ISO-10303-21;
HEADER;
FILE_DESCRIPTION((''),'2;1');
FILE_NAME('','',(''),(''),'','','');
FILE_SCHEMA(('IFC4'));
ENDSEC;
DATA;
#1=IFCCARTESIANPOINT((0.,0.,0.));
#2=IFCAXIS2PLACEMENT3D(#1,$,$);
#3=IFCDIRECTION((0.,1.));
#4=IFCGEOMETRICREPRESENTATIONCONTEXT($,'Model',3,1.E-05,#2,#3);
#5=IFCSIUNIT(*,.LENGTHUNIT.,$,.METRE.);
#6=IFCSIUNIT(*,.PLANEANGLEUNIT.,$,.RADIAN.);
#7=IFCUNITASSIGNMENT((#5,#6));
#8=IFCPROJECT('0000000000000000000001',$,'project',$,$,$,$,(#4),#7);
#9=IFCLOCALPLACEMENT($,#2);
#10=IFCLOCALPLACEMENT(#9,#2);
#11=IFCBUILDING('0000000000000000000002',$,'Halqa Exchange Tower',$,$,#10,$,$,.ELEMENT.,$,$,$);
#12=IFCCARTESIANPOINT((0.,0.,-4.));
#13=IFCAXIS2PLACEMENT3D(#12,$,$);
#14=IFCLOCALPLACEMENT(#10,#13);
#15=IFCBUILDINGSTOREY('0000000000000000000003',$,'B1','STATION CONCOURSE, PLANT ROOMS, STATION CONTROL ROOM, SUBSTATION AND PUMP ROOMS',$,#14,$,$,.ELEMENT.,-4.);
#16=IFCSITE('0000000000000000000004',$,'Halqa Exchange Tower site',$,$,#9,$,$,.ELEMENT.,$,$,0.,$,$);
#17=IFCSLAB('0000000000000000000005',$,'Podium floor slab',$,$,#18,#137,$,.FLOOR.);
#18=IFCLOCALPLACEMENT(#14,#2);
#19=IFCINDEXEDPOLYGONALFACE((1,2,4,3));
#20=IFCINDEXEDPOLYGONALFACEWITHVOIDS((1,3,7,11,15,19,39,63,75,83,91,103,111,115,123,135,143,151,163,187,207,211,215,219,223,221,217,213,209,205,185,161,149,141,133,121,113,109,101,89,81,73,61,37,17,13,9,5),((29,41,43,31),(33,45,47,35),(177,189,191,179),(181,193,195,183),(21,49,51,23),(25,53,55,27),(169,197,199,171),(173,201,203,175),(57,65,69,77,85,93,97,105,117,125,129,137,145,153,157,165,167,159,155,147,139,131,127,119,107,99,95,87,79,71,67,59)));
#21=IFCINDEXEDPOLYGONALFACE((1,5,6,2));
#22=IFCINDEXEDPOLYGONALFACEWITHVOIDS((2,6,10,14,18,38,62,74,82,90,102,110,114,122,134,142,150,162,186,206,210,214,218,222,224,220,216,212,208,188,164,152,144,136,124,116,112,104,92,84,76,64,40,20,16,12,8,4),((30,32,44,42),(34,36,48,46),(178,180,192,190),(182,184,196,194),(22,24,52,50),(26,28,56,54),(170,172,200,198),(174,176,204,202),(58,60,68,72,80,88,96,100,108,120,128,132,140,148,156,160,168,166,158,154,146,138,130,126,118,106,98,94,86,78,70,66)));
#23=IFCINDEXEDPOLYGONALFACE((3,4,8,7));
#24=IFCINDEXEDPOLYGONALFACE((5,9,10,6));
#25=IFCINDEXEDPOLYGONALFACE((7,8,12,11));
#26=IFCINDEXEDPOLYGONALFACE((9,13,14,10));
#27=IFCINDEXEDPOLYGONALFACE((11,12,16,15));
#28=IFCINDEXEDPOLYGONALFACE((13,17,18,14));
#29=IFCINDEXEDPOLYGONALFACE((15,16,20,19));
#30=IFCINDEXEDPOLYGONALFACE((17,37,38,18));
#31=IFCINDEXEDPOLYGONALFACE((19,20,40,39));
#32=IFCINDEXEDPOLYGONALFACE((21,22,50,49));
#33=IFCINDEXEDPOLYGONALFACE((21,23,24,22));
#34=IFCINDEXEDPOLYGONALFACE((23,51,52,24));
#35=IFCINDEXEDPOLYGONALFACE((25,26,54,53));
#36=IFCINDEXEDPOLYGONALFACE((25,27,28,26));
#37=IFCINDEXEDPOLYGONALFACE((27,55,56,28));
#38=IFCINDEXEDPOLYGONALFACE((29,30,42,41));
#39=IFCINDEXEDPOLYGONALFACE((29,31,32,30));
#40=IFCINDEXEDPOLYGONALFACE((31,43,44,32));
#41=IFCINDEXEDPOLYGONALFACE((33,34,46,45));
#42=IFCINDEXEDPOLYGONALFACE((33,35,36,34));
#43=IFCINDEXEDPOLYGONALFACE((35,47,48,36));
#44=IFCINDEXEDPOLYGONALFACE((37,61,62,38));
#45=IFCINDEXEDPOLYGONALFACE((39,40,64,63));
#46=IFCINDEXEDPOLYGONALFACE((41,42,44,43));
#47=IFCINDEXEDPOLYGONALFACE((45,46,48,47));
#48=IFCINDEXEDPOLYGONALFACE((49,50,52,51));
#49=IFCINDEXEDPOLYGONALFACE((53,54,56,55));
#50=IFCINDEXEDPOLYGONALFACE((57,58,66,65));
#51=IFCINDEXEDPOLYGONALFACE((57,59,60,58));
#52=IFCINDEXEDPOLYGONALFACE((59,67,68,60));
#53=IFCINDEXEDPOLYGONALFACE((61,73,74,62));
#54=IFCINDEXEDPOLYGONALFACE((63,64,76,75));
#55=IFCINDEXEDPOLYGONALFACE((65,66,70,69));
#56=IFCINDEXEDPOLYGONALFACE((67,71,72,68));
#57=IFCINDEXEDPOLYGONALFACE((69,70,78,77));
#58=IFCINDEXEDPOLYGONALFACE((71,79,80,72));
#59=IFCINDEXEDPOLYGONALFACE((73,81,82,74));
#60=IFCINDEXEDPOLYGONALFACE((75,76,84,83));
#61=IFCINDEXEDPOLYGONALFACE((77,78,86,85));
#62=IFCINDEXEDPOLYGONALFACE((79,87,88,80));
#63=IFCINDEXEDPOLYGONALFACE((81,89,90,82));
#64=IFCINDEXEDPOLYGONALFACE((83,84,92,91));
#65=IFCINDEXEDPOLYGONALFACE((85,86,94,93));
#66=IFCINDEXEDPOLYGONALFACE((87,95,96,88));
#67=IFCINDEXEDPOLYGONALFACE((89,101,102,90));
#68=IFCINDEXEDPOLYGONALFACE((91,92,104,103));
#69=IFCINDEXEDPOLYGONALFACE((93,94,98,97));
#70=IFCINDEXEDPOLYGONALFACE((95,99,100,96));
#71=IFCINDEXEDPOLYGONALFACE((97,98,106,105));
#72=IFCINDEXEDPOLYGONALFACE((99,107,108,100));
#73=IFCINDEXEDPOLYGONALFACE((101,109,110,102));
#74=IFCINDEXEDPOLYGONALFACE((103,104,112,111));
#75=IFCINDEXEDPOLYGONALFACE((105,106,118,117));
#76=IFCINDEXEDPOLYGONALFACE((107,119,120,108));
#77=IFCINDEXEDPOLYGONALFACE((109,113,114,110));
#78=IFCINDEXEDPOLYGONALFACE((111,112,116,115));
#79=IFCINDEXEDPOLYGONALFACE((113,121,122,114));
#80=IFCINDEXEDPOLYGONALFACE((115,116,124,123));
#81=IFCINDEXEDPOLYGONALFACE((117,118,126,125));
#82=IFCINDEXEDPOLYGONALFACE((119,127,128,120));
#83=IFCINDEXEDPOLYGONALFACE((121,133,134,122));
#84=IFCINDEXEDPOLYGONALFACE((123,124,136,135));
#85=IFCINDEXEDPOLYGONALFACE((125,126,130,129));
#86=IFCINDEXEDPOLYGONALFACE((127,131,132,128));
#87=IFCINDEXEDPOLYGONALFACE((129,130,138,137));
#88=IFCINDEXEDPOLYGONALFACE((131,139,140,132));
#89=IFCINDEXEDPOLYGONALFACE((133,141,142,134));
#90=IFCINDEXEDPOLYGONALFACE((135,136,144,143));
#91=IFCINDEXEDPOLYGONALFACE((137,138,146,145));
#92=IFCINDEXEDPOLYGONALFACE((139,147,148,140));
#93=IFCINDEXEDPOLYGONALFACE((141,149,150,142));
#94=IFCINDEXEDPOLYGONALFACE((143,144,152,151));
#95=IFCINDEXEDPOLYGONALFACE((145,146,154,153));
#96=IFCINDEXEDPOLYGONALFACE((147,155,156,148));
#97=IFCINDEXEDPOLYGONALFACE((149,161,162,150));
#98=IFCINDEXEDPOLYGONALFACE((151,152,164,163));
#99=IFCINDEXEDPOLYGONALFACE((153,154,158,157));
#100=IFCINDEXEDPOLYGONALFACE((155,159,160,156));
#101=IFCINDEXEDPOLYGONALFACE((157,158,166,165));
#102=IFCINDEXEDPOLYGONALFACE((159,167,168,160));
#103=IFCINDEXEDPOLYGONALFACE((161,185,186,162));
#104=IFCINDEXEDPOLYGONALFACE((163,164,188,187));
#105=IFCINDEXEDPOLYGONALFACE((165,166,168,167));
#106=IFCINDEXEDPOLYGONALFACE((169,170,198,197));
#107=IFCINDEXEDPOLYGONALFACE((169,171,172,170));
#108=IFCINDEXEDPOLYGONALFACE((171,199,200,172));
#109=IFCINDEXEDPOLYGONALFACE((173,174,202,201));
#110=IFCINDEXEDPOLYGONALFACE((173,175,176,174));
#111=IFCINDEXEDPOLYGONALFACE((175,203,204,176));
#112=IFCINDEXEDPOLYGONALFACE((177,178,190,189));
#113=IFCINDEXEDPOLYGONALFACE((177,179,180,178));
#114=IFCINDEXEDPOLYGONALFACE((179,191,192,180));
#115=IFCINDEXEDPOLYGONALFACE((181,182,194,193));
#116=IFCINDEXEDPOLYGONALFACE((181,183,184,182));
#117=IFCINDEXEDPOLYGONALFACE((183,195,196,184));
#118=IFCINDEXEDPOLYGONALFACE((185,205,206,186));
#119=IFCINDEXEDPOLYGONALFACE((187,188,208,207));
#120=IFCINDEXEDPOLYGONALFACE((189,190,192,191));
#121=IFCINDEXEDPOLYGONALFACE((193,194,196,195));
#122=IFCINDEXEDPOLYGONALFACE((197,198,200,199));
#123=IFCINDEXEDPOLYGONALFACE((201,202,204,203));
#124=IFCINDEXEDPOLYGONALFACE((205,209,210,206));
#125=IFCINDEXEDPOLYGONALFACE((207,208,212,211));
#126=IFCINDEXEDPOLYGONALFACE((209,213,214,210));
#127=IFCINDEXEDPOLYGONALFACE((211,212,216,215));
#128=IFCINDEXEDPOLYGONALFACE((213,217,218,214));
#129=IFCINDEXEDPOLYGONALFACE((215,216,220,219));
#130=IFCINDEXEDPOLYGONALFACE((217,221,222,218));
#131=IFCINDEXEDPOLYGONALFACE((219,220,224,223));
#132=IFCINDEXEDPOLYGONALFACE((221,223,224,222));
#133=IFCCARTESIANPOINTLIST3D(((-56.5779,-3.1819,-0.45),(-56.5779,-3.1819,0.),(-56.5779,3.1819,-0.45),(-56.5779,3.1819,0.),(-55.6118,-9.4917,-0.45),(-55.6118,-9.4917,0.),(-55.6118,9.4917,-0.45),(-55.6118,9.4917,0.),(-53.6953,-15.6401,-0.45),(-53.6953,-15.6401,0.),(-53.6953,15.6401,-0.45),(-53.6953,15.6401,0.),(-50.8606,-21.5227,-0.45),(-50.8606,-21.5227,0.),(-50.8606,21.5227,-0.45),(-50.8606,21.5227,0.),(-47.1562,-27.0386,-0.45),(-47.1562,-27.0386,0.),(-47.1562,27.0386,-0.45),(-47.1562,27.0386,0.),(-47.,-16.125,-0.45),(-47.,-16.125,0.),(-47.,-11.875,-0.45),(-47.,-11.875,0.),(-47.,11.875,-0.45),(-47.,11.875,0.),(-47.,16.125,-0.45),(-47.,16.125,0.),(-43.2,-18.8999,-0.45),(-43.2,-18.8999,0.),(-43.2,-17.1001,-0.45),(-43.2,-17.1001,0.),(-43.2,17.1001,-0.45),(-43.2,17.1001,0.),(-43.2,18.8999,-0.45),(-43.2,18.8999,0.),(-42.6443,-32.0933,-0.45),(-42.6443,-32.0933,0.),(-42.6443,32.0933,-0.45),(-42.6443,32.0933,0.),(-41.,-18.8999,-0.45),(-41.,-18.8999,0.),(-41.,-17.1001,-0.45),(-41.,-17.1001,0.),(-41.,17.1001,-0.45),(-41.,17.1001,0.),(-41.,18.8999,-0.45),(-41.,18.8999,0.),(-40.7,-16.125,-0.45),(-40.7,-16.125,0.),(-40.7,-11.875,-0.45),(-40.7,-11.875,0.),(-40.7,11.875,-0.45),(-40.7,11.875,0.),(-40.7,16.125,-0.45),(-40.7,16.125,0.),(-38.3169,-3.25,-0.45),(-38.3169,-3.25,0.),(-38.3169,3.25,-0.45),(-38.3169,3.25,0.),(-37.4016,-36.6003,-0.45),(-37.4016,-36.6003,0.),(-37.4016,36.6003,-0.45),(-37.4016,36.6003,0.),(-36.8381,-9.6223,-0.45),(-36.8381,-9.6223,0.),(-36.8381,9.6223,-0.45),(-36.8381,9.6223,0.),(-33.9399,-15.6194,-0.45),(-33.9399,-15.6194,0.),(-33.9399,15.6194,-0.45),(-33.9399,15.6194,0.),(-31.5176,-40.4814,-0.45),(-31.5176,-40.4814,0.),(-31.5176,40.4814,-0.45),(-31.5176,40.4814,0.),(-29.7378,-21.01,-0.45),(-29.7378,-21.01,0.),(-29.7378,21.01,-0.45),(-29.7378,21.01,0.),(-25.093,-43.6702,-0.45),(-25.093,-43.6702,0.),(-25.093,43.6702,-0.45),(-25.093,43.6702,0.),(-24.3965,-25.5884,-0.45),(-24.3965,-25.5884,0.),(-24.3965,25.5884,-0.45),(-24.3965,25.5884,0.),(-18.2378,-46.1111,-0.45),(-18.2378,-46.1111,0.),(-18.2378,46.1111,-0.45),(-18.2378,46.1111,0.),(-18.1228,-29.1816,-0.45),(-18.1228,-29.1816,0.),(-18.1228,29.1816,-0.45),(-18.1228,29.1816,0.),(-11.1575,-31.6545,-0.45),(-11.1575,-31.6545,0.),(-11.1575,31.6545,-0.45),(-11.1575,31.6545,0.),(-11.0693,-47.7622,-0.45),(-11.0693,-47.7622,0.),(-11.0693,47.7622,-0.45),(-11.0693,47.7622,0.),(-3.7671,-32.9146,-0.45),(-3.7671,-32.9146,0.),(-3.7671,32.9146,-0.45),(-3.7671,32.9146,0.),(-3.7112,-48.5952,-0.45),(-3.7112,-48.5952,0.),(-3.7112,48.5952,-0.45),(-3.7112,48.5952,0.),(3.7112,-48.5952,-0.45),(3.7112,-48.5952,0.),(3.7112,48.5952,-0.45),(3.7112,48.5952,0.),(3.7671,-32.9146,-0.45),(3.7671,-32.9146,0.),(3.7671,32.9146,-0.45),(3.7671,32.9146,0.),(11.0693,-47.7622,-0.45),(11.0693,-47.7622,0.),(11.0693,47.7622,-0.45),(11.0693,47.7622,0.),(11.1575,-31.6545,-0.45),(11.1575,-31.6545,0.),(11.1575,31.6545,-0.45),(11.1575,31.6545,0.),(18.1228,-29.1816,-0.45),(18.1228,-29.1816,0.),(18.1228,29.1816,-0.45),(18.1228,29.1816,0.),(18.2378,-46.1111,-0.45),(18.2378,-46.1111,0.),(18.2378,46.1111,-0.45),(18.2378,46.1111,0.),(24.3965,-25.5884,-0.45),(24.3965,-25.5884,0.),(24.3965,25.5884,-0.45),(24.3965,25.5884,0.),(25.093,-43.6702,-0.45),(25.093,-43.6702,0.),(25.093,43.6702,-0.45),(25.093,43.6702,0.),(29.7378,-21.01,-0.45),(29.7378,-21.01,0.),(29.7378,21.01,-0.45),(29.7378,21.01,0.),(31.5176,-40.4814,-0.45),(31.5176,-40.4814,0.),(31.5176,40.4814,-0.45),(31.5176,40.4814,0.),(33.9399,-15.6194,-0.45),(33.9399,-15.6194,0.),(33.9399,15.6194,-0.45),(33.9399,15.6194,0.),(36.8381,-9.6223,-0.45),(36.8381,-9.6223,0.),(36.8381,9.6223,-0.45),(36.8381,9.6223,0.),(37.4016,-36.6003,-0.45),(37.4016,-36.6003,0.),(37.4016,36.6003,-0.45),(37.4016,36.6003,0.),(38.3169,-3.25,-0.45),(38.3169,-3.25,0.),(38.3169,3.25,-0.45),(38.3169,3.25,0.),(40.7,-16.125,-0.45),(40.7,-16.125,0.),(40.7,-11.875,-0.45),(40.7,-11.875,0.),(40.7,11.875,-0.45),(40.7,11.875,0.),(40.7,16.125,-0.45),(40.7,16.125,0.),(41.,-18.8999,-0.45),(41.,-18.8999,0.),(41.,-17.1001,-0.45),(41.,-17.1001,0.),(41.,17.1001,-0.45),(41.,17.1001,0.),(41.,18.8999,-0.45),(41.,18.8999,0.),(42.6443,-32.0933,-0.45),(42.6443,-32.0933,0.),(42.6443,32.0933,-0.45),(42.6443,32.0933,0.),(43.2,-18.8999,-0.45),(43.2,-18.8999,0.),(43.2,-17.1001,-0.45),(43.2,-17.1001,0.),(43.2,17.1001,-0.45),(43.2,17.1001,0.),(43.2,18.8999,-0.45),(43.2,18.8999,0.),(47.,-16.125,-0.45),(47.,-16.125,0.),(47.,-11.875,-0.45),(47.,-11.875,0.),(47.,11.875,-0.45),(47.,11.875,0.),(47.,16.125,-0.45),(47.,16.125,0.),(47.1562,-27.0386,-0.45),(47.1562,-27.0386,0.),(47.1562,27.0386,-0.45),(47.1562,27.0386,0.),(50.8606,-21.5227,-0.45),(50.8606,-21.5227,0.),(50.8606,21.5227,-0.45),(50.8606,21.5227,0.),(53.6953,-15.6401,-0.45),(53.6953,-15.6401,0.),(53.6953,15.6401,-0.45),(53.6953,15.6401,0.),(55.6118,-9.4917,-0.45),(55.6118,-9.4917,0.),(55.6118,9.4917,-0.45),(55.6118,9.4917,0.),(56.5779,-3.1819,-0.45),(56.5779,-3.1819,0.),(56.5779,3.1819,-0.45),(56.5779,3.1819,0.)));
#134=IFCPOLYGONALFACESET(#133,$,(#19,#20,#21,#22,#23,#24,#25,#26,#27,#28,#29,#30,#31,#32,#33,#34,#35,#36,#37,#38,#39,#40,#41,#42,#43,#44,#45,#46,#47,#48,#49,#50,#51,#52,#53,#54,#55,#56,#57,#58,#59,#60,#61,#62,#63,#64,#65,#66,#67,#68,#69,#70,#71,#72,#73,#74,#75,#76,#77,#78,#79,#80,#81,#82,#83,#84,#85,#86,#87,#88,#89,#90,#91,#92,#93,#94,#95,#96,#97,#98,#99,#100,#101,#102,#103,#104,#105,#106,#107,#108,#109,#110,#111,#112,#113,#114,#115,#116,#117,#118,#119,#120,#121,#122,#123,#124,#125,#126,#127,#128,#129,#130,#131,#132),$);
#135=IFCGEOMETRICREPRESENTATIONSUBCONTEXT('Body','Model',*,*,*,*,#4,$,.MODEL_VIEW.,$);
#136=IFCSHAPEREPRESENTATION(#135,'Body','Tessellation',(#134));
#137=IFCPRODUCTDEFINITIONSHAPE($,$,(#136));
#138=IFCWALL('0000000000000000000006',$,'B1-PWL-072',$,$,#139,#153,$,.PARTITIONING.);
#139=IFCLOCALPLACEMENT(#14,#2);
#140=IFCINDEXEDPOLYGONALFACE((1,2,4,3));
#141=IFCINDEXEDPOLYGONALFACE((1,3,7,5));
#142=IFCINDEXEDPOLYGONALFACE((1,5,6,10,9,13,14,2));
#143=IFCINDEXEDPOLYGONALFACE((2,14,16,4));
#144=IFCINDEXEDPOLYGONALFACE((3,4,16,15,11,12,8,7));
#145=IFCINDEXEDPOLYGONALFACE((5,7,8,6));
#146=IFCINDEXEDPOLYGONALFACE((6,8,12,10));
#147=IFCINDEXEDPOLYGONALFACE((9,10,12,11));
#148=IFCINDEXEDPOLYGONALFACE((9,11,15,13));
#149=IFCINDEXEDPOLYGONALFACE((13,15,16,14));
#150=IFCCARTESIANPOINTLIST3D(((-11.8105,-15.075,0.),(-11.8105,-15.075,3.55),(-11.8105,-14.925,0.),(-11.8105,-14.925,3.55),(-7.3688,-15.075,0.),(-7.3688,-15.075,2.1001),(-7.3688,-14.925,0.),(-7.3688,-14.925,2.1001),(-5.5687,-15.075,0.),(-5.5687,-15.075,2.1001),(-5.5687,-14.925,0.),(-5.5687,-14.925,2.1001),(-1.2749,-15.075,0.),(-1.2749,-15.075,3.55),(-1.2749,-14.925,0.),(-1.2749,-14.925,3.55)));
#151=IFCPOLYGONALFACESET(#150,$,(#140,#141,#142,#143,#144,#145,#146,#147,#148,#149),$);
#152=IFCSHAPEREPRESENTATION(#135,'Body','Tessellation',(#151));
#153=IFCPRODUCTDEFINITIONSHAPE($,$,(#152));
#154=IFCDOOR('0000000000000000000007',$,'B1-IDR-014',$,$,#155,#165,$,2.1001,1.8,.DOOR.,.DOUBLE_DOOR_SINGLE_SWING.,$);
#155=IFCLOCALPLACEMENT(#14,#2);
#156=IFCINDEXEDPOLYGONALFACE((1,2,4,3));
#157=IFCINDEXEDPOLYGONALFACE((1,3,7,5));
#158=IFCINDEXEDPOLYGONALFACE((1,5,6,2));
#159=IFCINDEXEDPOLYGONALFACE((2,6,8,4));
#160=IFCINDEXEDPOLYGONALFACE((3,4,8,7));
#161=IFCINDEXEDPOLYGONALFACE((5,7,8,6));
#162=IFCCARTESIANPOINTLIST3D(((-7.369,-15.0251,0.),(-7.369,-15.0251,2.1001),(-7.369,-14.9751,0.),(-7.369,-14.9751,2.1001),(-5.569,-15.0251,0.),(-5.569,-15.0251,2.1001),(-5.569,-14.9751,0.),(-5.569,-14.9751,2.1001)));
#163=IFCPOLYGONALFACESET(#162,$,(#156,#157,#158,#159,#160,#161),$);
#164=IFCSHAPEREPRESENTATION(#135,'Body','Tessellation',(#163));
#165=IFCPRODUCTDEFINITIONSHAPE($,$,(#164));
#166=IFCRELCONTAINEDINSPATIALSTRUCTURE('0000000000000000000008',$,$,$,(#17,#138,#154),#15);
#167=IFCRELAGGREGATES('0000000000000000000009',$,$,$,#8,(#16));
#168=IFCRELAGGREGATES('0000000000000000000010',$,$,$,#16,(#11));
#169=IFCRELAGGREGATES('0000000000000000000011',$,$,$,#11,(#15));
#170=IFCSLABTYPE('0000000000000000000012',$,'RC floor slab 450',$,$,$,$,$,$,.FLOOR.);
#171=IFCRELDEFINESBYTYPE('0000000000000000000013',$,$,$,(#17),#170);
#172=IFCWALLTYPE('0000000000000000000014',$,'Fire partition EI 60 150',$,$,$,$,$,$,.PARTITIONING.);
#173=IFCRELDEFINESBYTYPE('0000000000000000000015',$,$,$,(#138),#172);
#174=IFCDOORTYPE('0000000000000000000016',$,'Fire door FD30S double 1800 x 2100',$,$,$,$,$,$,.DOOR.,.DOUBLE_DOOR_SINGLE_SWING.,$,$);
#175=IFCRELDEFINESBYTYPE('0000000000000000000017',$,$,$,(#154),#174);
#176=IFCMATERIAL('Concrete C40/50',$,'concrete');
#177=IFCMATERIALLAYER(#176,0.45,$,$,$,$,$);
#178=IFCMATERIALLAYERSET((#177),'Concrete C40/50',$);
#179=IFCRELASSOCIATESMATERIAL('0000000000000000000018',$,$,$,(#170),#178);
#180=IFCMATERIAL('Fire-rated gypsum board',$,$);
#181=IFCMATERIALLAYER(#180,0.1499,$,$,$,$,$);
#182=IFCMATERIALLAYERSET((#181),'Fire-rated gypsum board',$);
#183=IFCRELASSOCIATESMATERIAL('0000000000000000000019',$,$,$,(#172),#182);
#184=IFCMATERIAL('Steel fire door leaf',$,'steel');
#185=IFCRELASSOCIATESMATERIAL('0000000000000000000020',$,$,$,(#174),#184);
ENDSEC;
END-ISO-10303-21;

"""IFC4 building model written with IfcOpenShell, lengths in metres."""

from ifc_helpers import new_model, si_unit, direction, frame, frame_2d, origin, place, context, subcontext, project, spatial, polyline, rectangle, outline, extrude, material, layer, layer_set, type_object, element, fill, save


model = new_model("IFC4")

# Units and contexts
model_context = context("Model", 3, precision=1e-05, world=origin(), true_north=direction((0.0, 1.0)))
body_context = subcontext(model_context, "Body", "Model", "MODEL_VIEW")
ifc_project = project(units=[si_unit("LENGTHUNIT", "METRE"), si_unit("PLANEANGLEUNIT", "RADIAN")], contexts=[model_context])

# Site, building, storey
site_placement = place(None, origin())
site = spatial("IfcSite", under=ifc_project, at=site_placement, Name="Halqa Exchange Tower site", CompositionType="ELEMENT", RefElevation=0.0)
building_placement = place(site_placement, origin())
building = spatial("IfcBuilding", under=site, at=building_placement, Name="Halqa Exchange Tower", CompositionType="ELEMENT")
storey_placement = place(building_placement, frame((0.0, 0.0, -4.0)))
storey = spatial("IfcBuildingStorey", under=building, at=storey_placement, Name="B1", Description="STATION CONCOURSE, PLANT ROOMS, STATION CONTROL ROOM, SUBSTATION AND PUMP ROOMS", CompositionType="ELEMENT", Elevation=-4.0)

# Slab
ifc_material_1 = material(Name="Concrete C40/50", Category="concrete")
ifc_layer_1 = layer(ifc_material_1, 0.45)
ifc_layer_set_1 = layer_set([ifc_layer_1], Name="Concrete C40/50")
slab_type_1 = type_object("IfcSlabType", Name="RC floor slab 450", PredefinedType="FLOOR", material=ifc_layer_set_1)
slab_1_placement = place(storey_placement, frame((0.0, 0.0, -0.45)))
element("IfcSlab", 1, at=slab_1_placement, inside=storey, type_object=slab_type_1, Name="Podium floor slab", PredefinedType="FLOOR", context=body_context, shape_type="SweptSolid", body=[
    extrude(outline(polyline([(56.5779, 3.1819), (56.5779, -3.1819), (55.6118, -9.4917), (53.6953, -15.6401), (50.8606, -21.5227), (47.1562, -27.0386), (42.6443, -32.0933), (37.4016, -36.6003), (31.5176, -40.4814), (25.093, -43.6702), (18.2378, -46.1111), (11.0693, -47.7622), (3.7112, -48.5952), (-3.7112, -48.5952), (-11.0693, -47.7622), (-18.2378, -46.1111), (-25.093, -43.6702), (-31.5176, -40.4814), (-37.4016, -36.6003), (-42.6443, -32.0933), (-47.1562, -27.0386), (-50.8606, -21.5227), (-53.6953, -15.6401), (-55.6118, -9.4917), (-56.5779, -3.1819), (-56.5779, 3.1819), (-55.6118, 9.4917), (-53.6953, 15.6401), (-50.8606, 21.5227), (-47.1562, 27.0386), (-42.6443, 32.0933), (-37.4016, 36.6003), (-31.5176, 40.4814), (-25.093, 43.6702), (-18.2378, 46.1111), (-11.0693, 47.7622), (-3.7112, 48.5952), (3.7112, 48.5952), (11.0693, 47.7622), (18.2378, 46.1111), (25.093, 43.6702), (31.5176, 40.4814), (37.4016, 36.6003), (42.6443, 32.0933), (47.1562, 27.0386), (50.8606, 21.5227), (53.6953, 15.6401), (55.6118, 9.4917), (56.5779, 3.1819)]), holes=[polyline([(38.3169, 3.25), (38.3169, -3.25), (36.8381, -9.6223), (33.9399, -15.6194), (29.7378, -21.01), (24.3965, -25.5884), (18.1228, -29.1816), (11.1575, -31.6545), (3.7671, -32.9146), (-3.7671, -32.9146), (-11.1575, -31.6545), (-18.1228, -29.1816), (-24.3965, -25.5884), (-29.7378, -21.01), (-33.9399, -15.6194), (-36.8381, -9.6223), (-38.3169, -3.25), (-38.3169, 3.25), (-36.8381, 9.6223), (-33.9399, 15.6194), (-29.7378, 21.01), (-24.3965, 25.5884), (-18.1228, 29.1816), (-11.1575, 31.6545), (-3.7671, 32.9146), (3.7671, 32.9146), (11.1575, 31.6545), (18.1228, 29.1816), (24.3965, 25.5884), (29.7378, 21.01), (33.9399, 15.6194), (36.8381, 9.6223), (38.3169, 3.25)]), polyline([(40.7, 11.875), (47.0, 11.875), (47.0, 16.125), (40.7, 16.125), (40.7, 11.875)]), polyline([(40.7, -16.125), (47.0, -16.125), (47.0, -11.875), (40.7, -11.875), (40.7, -16.125)]), polyline([(-47.0, 11.875), (-40.7, 11.875), (-40.7, 16.125), (-47.0, 16.125), (-47.0, 11.875)]), polyline([(-47.0, -16.125), (-40.7, -16.125), (-40.7, -11.875), (-47.0, -11.875), (-47.0, -16.125)]), polyline([(41.0, 17.1001), (43.2, 17.1001), (43.2, 18.8999), (41.0, 18.8999), (41.0, 17.1001)]), polyline([(41.0, -18.8999), (43.2, -18.8999), (43.2, -17.1001), (41.0, -17.1001), (41.0, -18.8999)]), polyline([(-43.2, 17.1001), (-41.0, 17.1001), (-41.0, 18.8999), (-43.2, 18.8999), (-43.2, 17.1001)]), polyline([(-43.2, -18.8999), (-41.0, -18.8999), (-41.0, -17.1001), (-43.2, -17.1001), (-43.2, -18.8999)])]), origin(), (0.0, 0.0, 1.0), 0.45),
])

# Wall, opening, door
ifc_material_2 = material(Name="Fire-rated gypsum board")
ifc_layer_2 = layer(ifc_material_2, 0.1499)
ifc_layer_set_2 = layer_set([ifc_layer_2], Name="Fire-rated gypsum board")
wall_type_1 = type_object("IfcWallType", Name="Fire partition EI 60 150", PredefinedType="PARTITIONING", material=ifc_layer_set_2)
wall_1_placement = place(storey_placement, frame((-1.2749, -15.0, 0.0), z_axis=(0.0, 0.0, 1.0), x_axis=(-1.0, 0.0, 0.0)))
wall_1 = element("IfcWall", 2, at=wall_1_placement, inside=storey, type_object=wall_type_1, Name="B1-PWL-072", PredefinedType="PARTITIONING", context=body_context, shape_type="SweptSolid", body=[
    extrude(rectangle(XDim=10.5356, YDim=0.1499, at=frame_2d((5.2678, 0.0))), origin(), (0.0, 0.0, 1.0), 3.55),
])
opening_1_placement = place(wall_1_placement, frame((4.2939, 0.0, 0.0)))
opening_1 = element("IfcOpeningElement", 3, at=opening_1_placement, cuts=wall_1, PredefinedType="OPENING", context=body_context, shape_type="SweptSolid", body=[
    extrude(rectangle(XDim=1.8, YDim=2.1001, at=frame_2d((0.8999, 1.05))), frame((0.0, 0.0869, 0.0), z_axis=(0.0, -1.0, 0.0), x_axis=(1.0, 0.0, 0.0)), (0.0, 0.0, 1.0), 0.1738),
])
ifc_material_3 = material(Name="Steel fire door leaf", Category="steel")
door_type_1 = type_object("IfcDoorType", Name="Fire door FD30S double 1800 x 2100", OperationType="DOUBLE_DOOR_SINGLE_SWING", PredefinedType="DOOR", material=ifc_material_3)
door_1_placement = place(opening_1_placement, frame((1.8, 0.0, 0.0), z_axis=(0.0, 0.0, 1.0), x_axis=(-1.0, 0.0, 0.0)))
door_1 = element("IfcDoor", 4, at=door_1_placement, inside=storey, type_object=door_type_1, Name="B1-IDR-014", OperationType="DOUBLE_DOOR_SINGLE_SWING", OverallHeight=2.1001, OverallWidth=1.8, PredefinedType="DOOR", context=body_context, shape_type="SweptSolid", body=[
    extrude(rectangle(XDim=1.8, YDim=2.1001, at=frame_2d((0.8999, 1.05))), frame((0.0, 0.0249, 0.0), z_axis=(0.0, -1.0, 0.0), x_axis=(1.0, 0.0, 0.0)), (0.0, 0.0, 1.0), 0.05),
])
fill(opening_1, door_1)

save(model, "model.ifc")
